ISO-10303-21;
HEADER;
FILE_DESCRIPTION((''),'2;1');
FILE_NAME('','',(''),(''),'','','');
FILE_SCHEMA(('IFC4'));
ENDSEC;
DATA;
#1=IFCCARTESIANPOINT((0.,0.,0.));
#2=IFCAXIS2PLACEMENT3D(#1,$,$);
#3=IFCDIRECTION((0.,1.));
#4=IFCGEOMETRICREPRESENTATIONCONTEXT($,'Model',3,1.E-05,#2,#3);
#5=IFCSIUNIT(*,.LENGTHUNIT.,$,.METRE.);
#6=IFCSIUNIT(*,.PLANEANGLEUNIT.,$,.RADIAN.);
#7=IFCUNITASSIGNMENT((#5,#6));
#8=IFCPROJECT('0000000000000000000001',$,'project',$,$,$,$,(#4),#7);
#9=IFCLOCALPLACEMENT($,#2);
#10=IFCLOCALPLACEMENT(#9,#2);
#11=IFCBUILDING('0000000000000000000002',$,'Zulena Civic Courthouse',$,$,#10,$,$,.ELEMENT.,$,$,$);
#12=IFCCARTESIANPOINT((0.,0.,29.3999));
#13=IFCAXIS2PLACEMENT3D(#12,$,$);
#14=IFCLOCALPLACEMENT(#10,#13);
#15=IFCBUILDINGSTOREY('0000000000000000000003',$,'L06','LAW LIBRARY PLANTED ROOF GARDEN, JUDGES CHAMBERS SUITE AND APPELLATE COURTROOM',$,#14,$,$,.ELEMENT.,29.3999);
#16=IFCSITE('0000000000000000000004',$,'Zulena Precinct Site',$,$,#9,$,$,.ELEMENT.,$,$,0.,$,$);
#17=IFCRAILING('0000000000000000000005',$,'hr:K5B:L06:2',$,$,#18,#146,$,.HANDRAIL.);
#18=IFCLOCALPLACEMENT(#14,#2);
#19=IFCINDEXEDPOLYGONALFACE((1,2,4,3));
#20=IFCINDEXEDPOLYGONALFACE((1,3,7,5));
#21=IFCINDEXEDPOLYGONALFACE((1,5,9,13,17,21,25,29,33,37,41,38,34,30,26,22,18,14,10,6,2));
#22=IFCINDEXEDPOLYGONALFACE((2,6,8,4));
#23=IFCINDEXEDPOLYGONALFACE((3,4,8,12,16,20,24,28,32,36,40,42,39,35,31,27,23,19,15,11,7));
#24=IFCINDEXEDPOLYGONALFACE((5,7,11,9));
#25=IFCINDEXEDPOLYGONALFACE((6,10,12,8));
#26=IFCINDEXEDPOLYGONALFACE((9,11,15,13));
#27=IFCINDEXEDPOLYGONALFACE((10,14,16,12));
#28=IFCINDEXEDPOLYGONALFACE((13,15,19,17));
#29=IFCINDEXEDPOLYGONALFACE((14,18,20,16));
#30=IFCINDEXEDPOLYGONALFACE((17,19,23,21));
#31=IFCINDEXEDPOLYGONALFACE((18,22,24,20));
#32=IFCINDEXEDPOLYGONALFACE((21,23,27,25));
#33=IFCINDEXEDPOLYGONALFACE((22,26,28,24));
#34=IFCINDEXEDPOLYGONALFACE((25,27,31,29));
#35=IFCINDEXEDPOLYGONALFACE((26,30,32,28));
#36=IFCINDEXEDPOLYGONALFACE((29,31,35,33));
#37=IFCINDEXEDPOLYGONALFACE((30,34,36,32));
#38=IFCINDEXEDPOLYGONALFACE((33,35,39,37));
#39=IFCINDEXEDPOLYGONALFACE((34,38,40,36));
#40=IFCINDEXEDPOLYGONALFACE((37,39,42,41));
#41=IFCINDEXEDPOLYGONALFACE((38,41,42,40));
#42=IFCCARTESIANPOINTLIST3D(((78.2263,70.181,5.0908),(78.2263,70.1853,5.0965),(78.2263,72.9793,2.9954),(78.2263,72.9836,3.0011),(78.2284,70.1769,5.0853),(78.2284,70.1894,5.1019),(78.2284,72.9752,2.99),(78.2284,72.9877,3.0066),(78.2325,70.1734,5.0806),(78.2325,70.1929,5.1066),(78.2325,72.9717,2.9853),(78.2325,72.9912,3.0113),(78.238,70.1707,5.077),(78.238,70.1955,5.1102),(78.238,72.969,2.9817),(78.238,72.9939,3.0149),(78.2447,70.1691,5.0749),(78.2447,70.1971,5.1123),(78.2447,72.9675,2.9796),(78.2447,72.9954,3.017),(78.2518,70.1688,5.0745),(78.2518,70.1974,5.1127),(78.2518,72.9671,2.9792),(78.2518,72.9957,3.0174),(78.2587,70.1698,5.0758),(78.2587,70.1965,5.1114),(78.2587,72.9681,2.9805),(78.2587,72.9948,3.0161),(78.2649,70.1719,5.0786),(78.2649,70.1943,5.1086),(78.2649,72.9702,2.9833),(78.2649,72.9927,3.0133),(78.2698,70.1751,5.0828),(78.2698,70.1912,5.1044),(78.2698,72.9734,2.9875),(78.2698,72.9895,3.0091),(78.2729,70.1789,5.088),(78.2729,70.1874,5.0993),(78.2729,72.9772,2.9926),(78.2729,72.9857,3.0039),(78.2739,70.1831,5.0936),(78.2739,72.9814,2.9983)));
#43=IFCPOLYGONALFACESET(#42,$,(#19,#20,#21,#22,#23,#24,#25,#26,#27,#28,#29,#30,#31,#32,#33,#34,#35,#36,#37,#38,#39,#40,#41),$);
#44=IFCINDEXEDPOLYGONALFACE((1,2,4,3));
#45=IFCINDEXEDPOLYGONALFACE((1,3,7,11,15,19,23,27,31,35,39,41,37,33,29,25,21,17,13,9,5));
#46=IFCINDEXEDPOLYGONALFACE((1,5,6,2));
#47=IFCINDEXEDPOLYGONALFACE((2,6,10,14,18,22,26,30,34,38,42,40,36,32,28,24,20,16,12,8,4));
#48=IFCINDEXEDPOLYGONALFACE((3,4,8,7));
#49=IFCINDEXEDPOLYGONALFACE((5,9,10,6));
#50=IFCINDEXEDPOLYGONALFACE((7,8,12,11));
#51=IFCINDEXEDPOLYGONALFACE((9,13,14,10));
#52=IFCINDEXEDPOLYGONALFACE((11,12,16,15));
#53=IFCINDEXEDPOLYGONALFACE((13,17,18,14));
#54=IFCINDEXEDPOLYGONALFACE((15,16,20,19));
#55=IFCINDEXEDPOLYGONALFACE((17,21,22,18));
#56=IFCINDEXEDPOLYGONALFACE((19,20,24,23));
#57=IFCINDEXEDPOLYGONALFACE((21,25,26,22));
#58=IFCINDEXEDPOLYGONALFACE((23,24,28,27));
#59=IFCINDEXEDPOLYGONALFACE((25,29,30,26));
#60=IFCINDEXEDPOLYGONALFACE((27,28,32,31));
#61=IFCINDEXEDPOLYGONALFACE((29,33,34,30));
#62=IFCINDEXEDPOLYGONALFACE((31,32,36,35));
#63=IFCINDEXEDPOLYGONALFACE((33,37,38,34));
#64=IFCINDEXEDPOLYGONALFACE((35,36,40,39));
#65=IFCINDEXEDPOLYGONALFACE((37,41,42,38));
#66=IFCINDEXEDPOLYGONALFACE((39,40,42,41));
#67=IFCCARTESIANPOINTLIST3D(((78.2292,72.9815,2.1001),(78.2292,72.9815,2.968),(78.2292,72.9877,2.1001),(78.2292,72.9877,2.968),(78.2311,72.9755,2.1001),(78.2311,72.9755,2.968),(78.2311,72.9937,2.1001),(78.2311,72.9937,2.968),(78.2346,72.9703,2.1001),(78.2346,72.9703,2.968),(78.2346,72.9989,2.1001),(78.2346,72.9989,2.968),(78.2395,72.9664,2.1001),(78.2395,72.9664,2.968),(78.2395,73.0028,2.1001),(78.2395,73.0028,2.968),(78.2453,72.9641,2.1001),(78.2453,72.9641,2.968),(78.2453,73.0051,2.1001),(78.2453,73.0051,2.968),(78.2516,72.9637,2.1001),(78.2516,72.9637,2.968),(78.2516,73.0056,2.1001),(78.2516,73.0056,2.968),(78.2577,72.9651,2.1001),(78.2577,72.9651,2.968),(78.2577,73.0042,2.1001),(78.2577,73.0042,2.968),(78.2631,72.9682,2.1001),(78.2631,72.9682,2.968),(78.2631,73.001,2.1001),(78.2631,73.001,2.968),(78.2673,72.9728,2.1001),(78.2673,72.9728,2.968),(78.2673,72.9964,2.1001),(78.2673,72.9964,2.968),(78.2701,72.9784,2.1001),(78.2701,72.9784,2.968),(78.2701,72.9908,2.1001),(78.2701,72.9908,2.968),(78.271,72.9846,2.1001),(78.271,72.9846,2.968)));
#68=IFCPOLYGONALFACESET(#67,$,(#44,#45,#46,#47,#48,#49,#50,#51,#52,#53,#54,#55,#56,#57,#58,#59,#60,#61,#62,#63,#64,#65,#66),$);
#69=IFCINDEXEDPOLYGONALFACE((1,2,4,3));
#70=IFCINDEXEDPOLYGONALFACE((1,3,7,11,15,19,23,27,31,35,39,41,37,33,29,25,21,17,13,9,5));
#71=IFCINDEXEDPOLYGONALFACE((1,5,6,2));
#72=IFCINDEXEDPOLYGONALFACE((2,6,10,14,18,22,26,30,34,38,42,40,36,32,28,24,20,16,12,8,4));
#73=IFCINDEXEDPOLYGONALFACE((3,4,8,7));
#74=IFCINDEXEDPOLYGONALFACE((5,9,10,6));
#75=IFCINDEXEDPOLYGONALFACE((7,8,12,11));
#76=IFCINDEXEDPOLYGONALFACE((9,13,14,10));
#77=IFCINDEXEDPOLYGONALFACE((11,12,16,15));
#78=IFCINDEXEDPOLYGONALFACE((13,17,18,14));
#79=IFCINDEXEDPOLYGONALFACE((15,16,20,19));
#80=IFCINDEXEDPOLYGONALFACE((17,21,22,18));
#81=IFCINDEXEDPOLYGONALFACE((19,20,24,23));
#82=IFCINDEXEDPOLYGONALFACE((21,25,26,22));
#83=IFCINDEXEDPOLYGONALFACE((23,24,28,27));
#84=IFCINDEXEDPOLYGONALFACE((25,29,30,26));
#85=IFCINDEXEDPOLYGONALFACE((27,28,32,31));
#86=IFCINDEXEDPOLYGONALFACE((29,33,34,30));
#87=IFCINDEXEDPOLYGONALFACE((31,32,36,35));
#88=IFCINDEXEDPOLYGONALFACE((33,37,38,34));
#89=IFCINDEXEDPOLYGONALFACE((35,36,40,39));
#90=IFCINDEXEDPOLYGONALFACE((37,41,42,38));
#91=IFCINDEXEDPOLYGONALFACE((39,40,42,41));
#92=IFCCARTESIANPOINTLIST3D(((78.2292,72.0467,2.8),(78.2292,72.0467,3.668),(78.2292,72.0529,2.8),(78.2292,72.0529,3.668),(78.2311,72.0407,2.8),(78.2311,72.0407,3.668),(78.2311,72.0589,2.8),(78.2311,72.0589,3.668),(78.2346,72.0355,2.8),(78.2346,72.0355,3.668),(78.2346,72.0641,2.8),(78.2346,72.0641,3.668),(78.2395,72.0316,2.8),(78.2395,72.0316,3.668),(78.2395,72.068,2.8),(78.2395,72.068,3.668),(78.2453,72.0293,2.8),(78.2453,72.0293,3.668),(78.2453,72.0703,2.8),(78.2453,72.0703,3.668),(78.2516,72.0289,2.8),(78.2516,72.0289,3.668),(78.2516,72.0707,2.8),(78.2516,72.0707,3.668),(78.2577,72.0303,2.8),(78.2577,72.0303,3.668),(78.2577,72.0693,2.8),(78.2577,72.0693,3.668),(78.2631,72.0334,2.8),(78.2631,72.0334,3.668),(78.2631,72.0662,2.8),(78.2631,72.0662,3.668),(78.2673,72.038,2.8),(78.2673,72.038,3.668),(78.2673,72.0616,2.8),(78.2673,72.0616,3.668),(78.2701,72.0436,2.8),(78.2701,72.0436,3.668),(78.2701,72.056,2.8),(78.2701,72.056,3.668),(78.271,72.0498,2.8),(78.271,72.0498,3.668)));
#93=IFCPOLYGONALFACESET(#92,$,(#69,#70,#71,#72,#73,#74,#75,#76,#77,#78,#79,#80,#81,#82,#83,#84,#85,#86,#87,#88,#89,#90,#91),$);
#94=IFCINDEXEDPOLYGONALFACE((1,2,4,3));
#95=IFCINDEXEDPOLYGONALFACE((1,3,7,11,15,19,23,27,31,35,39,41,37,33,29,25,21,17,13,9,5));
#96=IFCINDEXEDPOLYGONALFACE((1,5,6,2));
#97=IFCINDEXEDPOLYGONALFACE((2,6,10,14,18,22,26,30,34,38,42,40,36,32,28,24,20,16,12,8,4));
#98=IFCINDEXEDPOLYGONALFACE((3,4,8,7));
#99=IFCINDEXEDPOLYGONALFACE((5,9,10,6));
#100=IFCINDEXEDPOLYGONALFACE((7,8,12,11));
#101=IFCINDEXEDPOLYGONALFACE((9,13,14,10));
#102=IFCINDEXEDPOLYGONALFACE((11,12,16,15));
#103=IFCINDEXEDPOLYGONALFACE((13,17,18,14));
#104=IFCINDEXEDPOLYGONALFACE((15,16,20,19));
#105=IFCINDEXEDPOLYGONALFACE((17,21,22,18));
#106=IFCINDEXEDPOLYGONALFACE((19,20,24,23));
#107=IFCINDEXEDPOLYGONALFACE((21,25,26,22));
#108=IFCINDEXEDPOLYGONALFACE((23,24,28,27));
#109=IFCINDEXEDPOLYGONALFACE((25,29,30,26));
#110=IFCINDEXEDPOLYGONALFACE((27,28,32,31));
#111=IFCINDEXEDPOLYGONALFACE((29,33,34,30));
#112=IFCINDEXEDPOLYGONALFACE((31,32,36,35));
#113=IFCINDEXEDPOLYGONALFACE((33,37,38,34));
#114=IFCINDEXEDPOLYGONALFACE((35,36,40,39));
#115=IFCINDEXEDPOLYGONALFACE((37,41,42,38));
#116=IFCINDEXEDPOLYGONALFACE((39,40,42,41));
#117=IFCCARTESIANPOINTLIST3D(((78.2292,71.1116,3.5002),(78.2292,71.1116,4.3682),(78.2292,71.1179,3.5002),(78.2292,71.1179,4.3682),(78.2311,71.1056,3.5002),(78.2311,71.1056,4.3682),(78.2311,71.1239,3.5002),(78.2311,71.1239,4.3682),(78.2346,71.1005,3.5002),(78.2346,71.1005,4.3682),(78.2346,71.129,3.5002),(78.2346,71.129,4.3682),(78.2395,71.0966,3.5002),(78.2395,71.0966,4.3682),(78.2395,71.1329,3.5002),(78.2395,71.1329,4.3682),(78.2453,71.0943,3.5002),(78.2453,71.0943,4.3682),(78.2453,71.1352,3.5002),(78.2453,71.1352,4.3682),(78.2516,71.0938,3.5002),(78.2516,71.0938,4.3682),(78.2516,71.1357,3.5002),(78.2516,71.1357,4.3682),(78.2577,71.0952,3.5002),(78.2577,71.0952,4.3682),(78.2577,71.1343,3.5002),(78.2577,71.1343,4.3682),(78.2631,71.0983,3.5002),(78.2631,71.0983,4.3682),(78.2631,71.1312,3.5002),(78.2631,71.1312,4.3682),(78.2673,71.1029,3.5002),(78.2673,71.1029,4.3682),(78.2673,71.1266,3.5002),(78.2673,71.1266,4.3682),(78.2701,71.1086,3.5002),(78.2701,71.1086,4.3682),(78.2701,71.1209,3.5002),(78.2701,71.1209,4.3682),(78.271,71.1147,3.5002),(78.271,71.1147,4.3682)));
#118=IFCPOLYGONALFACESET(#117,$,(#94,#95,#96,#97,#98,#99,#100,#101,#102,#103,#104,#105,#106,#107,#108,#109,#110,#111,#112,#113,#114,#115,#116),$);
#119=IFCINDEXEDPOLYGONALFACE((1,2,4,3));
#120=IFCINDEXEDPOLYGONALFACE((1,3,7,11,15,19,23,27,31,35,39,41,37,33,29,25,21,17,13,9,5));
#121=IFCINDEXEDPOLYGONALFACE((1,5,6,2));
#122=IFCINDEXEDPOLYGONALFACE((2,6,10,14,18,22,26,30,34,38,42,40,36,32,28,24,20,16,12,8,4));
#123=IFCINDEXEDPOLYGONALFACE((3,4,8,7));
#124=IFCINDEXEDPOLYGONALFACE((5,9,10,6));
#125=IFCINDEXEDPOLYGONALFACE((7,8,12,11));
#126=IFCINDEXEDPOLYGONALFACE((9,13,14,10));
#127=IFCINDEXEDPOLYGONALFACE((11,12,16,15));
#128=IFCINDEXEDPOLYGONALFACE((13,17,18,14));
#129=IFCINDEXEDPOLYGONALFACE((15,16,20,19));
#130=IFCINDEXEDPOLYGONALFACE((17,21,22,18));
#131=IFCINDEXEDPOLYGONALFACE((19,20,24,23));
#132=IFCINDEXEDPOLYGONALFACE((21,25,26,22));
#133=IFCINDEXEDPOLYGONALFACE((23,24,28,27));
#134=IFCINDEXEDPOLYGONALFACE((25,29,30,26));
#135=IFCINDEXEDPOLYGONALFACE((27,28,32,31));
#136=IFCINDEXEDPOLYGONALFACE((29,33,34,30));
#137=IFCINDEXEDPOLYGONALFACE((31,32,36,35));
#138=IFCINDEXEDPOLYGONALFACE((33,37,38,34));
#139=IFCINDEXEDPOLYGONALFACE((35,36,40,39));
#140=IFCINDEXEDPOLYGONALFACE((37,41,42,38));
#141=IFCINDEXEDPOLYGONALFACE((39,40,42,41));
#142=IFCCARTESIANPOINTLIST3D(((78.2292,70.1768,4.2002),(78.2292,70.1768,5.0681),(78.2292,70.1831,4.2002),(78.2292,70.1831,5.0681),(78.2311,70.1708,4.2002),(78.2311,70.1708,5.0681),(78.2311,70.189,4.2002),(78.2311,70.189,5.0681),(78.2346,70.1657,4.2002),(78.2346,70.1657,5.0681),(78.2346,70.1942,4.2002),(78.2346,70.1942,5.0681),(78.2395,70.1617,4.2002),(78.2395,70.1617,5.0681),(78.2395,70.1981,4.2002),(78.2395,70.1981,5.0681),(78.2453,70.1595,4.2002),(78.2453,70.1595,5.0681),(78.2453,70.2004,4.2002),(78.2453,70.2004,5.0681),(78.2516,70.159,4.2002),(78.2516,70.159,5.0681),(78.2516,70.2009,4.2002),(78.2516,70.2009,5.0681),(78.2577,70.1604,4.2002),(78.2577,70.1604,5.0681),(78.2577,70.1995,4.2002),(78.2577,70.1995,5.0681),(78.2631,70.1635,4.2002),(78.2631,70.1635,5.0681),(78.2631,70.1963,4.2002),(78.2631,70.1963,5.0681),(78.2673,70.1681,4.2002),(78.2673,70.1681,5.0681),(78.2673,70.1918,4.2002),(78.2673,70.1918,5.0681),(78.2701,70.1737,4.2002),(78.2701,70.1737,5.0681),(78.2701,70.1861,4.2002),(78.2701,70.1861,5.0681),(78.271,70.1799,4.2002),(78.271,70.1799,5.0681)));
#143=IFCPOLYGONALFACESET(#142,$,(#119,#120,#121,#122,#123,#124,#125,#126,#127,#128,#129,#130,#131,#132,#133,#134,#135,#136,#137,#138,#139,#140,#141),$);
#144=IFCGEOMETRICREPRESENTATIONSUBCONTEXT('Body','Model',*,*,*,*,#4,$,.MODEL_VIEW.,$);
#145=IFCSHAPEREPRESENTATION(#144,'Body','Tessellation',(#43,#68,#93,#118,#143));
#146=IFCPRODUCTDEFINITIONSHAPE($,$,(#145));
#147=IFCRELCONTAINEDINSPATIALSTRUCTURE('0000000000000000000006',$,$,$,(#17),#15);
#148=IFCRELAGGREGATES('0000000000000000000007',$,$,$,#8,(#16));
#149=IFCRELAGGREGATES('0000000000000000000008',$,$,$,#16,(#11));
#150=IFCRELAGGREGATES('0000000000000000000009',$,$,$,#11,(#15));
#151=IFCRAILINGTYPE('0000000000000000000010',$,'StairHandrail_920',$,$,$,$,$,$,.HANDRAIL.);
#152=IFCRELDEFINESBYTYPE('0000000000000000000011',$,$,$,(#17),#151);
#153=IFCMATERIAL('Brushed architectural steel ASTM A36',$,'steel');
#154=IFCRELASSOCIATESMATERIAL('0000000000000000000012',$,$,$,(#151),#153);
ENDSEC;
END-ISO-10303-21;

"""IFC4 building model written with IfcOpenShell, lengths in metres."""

from ifc_helpers import new_model, si_unit, direction, frame, origin, origin_2d, place, context, subcontext, project, spatial, circle, extrude, material, type_object, element, save


model = new_model("IFC4")

# Units and contexts
model_context = context("Model", 3, precision=1e-05, world=origin(), true_north=direction((0.0, 1.0)))
body_context = subcontext(model_context, "Body", "Model", "MODEL_VIEW")
ifc_project = project(units=[si_unit("LENGTHUNIT", "METRE"), si_unit("PLANEANGLEUNIT", "RADIAN")], contexts=[model_context])

# Site, building, storey
site_placement = place(None, origin())
site = spatial("IfcSite", under=ifc_project, at=site_placement, Name="Zulena Precinct Site", CompositionType="ELEMENT", RefElevation=0.0)
building_placement = place(site_placement, origin())
building = spatial("IfcBuilding", under=site, at=building_placement, Name="Zulena Civic Courthouse", CompositionType="ELEMENT")
storey_placement = place(building_placement, frame((0.0, 0.0, 29.3999)))
storey = spatial("IfcBuildingStorey", under=building, at=storey_placement, Name="L06", Description="LAW LIBRARY PLANTED ROOF GARDEN, JUDGES CHAMBERS SUITE AND APPELLATE COURTROOM", CompositionType="ELEMENT", Elevation=29.3999)

# Railing
ifc_material_1 = material(Name="Brushed architectural steel ASTM A36", Category="steel")
railing_type_1 = type_object("IfcRailingType", Name="StairHandrail_920", PredefinedType="HANDRAIL", material=ifc_material_1)
railing_1_placement = place(storey_placement, frame((78.25, 72.9846, 2.1001)))
element("IfcRailing", 1, at=railing_1_placement, inside=storey, type_object=railing_type_1, Name="hr:K5B:L06:2", PredefinedType="HANDRAIL", context=body_context, shape_type="SweptSolid", body=[
    extrude(circle(Radius=0.0239, at=origin_2d()), frame((0.0, -0.0032, 0.8982), z_axis=(0.0, -0.800468, 0.599375), x_axis=(1.0, 0.0, 0.0)), (0.0, 0.0, 1.0), 3.4958),
    extrude(circle(Radius=0.021, at=origin_2d()), origin(), (0.0, 0.0, 1.0), 0.8679),
    extrude(circle(Radius=0.021, at=origin_2d()), frame((0.0, -0.9348, 0.7)), (0.0, 0.0, 1.0), 0.8679),
    extrude(circle(Radius=0.021, at=origin_2d()), frame((0.0, -1.8699, 1.4001)), (0.0, 0.0, 1.0), 0.8679),
    extrude(circle(Radius=0.021, at=origin_2d()), frame((0.0, -2.8047, 2.1001)), (0.0, 0.0, 1.0), 0.8679),
])

save(model, "model.ifc")
